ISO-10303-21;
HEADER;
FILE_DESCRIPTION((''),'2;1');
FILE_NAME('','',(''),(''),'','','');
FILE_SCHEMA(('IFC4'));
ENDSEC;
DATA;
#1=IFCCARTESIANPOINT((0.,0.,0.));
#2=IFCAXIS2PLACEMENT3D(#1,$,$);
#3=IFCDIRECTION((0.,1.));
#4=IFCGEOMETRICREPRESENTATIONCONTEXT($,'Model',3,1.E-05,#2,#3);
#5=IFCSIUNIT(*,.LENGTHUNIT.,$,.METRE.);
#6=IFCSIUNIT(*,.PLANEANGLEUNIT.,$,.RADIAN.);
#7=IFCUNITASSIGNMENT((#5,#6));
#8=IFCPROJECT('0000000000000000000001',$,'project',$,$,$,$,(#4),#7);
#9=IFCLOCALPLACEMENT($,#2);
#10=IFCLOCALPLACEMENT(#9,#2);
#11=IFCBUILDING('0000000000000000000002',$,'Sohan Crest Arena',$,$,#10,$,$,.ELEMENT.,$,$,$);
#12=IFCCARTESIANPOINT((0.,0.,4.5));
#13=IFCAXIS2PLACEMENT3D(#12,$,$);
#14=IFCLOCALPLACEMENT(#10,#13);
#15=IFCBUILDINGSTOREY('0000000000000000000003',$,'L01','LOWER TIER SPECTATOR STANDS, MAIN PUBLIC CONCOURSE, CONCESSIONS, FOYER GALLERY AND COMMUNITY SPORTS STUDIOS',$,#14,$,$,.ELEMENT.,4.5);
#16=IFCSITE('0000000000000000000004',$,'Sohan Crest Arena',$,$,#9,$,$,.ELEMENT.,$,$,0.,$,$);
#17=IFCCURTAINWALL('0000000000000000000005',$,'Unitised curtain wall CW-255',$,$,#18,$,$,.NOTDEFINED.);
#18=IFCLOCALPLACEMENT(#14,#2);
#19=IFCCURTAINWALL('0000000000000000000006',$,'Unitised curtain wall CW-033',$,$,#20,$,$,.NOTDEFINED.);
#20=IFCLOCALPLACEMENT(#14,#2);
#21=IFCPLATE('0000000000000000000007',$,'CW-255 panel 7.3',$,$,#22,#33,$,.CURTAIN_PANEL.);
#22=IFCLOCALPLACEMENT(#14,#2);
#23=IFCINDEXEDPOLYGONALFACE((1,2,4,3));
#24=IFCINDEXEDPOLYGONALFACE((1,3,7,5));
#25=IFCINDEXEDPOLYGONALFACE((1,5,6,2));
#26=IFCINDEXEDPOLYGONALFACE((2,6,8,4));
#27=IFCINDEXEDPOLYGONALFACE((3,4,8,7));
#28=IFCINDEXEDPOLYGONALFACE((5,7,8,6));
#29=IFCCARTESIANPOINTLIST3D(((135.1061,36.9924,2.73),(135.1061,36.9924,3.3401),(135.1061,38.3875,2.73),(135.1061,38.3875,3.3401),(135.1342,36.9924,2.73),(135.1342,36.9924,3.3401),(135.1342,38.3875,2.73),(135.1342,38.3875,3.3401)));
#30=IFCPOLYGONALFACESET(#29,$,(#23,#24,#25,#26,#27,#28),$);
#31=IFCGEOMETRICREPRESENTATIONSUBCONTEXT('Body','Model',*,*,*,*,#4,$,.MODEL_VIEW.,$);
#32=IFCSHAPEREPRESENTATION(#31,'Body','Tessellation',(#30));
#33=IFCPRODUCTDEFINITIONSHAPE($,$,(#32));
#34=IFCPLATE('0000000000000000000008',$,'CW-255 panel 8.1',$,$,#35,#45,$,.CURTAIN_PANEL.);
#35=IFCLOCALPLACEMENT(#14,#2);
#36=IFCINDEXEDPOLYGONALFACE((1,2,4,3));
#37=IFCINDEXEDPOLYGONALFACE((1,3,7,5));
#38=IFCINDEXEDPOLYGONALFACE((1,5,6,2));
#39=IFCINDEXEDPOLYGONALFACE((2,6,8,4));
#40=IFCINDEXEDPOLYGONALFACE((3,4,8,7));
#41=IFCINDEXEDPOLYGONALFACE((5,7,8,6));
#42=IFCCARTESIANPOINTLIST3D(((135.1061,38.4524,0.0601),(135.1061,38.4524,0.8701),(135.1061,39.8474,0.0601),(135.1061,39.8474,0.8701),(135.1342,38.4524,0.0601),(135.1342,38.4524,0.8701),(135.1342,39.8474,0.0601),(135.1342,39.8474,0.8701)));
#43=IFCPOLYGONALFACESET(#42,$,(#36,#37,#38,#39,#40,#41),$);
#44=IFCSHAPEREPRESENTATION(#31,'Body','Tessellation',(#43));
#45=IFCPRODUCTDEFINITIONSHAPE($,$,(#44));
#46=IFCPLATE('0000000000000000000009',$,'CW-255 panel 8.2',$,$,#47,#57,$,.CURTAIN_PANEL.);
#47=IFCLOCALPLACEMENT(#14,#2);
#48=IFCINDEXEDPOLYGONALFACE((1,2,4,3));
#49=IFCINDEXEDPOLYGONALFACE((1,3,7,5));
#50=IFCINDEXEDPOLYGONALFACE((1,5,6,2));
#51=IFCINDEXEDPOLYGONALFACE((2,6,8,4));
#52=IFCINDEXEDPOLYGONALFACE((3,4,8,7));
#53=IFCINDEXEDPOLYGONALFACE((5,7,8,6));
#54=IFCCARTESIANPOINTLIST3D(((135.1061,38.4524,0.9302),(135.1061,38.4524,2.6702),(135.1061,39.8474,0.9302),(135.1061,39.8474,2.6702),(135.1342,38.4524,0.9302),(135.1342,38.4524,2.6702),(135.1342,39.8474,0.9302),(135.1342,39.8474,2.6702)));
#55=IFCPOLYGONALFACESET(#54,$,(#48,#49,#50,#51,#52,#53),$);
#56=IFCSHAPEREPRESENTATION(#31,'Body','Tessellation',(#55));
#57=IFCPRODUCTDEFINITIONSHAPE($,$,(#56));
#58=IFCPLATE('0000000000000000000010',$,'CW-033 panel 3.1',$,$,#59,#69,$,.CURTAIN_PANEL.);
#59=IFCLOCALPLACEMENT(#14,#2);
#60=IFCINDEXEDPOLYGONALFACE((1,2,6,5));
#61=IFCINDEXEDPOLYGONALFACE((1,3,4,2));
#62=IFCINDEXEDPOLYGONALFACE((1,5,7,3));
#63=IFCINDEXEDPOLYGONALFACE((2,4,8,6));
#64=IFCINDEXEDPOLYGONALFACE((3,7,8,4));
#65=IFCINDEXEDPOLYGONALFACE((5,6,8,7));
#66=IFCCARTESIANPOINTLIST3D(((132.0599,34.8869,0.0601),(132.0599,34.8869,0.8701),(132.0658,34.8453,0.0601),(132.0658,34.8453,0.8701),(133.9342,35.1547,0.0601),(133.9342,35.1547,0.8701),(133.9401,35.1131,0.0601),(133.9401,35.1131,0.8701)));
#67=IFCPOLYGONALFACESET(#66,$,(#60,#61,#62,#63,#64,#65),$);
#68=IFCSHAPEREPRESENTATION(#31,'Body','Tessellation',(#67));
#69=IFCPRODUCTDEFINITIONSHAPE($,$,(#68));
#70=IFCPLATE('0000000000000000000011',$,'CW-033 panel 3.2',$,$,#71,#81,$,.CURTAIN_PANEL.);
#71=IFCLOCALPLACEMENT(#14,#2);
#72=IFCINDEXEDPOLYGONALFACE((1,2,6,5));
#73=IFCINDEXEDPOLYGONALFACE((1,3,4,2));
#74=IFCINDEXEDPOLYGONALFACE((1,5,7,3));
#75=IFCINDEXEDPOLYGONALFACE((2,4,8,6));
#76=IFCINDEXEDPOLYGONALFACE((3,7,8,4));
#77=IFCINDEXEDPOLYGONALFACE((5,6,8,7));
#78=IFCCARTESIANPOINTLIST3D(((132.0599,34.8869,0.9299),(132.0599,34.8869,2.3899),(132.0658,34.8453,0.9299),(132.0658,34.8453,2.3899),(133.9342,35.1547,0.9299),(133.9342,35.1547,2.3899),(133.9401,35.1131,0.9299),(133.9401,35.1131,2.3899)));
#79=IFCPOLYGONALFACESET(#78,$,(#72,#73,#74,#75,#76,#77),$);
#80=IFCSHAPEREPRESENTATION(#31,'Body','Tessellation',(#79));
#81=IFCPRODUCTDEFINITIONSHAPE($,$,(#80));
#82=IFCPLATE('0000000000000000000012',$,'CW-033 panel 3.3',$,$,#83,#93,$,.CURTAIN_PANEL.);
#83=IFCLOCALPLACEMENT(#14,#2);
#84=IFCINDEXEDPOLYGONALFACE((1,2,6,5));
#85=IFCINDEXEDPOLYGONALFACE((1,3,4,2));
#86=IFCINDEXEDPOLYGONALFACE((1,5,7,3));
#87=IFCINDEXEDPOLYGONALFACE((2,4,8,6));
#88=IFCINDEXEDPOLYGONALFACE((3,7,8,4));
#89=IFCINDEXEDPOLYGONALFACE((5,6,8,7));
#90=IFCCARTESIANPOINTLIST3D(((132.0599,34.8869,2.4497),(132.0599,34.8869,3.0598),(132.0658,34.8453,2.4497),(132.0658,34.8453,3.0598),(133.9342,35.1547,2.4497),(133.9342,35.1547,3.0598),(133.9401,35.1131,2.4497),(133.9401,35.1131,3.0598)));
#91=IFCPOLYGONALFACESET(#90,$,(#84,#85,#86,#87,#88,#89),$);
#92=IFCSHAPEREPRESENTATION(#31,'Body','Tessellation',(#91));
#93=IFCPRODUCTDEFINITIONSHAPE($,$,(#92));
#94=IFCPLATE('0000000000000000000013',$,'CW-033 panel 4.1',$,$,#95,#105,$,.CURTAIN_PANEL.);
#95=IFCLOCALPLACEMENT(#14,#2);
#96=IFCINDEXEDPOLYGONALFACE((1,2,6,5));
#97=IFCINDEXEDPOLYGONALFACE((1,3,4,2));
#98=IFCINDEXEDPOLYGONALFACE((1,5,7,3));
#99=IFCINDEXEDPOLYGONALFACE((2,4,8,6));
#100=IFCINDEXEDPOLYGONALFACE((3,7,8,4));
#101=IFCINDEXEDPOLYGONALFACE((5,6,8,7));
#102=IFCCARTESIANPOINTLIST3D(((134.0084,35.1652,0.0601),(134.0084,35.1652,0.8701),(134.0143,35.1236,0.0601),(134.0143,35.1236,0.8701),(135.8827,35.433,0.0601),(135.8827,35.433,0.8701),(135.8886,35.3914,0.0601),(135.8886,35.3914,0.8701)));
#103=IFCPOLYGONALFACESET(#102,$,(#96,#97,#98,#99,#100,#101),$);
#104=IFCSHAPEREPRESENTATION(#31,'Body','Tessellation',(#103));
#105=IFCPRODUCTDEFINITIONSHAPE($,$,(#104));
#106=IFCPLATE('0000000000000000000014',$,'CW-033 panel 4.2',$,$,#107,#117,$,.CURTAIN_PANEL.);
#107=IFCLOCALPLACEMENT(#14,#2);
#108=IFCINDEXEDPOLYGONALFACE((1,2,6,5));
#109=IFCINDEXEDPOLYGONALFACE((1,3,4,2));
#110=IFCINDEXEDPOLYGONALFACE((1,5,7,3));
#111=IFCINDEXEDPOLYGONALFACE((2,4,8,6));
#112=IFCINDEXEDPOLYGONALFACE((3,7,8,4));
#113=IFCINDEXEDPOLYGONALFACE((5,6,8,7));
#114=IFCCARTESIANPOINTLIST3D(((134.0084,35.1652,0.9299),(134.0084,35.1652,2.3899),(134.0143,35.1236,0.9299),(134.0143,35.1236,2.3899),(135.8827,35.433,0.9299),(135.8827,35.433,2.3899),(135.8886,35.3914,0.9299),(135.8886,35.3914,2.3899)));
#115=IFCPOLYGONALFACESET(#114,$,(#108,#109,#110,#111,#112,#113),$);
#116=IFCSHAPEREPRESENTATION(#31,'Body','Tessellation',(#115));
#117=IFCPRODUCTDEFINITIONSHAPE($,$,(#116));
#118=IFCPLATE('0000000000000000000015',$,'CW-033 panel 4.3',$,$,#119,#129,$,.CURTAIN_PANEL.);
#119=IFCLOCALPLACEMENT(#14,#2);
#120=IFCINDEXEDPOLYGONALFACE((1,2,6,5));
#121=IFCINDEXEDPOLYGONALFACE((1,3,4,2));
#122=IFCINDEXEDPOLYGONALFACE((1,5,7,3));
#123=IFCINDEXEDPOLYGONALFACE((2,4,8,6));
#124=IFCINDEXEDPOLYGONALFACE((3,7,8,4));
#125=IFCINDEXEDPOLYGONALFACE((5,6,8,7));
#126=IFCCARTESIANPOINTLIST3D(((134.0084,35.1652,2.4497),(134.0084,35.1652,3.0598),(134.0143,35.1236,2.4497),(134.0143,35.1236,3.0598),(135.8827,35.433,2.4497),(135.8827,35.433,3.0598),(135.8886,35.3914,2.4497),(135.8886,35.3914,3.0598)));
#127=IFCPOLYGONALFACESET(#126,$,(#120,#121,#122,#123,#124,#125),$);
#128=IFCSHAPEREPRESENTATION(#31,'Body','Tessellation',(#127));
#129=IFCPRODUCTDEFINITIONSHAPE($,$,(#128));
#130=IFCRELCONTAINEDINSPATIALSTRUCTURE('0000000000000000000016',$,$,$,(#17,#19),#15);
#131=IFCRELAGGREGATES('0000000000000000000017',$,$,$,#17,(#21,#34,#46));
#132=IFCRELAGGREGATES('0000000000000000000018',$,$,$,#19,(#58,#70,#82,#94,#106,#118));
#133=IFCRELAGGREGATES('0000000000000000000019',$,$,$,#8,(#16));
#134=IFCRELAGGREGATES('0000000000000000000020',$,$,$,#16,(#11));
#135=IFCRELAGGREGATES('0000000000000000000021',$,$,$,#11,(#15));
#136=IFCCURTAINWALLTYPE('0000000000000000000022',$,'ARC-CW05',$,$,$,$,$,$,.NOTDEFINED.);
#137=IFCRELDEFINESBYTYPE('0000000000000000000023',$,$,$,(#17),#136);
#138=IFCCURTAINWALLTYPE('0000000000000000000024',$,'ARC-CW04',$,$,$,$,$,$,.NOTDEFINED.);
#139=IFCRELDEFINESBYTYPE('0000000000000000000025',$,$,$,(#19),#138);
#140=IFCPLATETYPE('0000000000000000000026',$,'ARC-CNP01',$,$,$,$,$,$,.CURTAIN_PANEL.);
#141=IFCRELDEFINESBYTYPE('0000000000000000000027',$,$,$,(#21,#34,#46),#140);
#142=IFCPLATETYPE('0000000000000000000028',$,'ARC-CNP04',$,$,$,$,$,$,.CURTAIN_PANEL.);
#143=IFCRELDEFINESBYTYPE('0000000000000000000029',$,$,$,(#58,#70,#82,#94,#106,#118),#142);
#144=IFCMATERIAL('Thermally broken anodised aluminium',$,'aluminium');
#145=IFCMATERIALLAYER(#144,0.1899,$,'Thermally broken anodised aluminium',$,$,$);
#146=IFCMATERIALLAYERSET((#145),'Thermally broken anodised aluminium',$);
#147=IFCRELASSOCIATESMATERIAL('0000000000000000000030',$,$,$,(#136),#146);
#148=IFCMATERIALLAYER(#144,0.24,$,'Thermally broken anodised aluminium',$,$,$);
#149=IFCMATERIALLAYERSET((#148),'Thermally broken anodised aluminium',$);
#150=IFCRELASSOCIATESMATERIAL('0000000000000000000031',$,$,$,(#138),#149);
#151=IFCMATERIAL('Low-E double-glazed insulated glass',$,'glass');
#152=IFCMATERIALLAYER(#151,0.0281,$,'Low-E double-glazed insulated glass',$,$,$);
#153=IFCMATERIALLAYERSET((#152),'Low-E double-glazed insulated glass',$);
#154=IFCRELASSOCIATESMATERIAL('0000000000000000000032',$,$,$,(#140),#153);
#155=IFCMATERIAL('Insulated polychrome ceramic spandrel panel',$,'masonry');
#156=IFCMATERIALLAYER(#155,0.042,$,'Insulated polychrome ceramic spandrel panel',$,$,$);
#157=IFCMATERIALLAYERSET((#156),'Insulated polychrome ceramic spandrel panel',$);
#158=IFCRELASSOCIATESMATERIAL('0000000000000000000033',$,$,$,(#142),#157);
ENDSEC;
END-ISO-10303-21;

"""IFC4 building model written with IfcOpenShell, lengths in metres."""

from ifc_helpers import new_model, si_unit, direction, frame, origin, origin_2d, place, context, subcontext, project, spatial, rectangle, extrude, material, layer, layer_set, type_object, element, aggregate, save


model = new_model("IFC4")

# Units and contexts
model_context = context("Model", 3, precision=1e-05, world=origin(), true_north=direction((0.0, 1.0)))
body_context = subcontext(model_context, "Body", "Model", "MODEL_VIEW")
ifc_project = project(units=[si_unit("LENGTHUNIT", "METRE"), si_unit("PLANEANGLEUNIT", "RADIAN")], contexts=[model_context])

# Site, building, storey
site_placement = place(None, origin())
site = spatial("IfcSite", under=ifc_project, at=site_placement, Name="Sohan Crest Arena", CompositionType="ELEMENT", RefElevation=0.0)
building_placement = place(site_placement, origin())
building = spatial("IfcBuilding", under=site, at=building_placement, Name="Sohan Crest Arena", CompositionType="ELEMENT")
storey_placement = place(building_placement, frame((0.0, 0.0, 4.5)))
storey = spatial("IfcBuildingStorey", under=building, at=storey_placement, Name="L01", Description="LOWER TIER SPECTATOR STANDS, MAIN PUBLIC CONCOURSE, CONCESSIONS, FOYER GALLERY AND COMMUNITY SPORTS STUDIOS", CompositionType="ELEMENT", Elevation=4.5)

# Curtain walls
ifc_material_1 = material(Name="Thermally broken anodised aluminium", Category="aluminium")
ifc_layer_1 = layer(ifc_material_1, 0.1899, Name="Thermally broken anodised aluminium")
ifc_layer_set_1 = layer_set([ifc_layer_1], Name="Thermally broken anodised aluminium")
curtain_wall_type_1 = type_object("IfcCurtainWallType", Name="ARC-CW05", PredefinedType="NOTDEFINED", material=ifc_layer_set_1)
curtain_wall_1_placement = place(storey_placement, origin())
curtain_wall_1 = element("IfcCurtainWall", 1, at=curtain_wall_1_placement, inside=storey, type_object=curtain_wall_type_1, Name="Unitised curtain wall CW-255", PredefinedType="NOTDEFINED")
ifc_layer_2 = layer(ifc_material_1, 0.24, Name="Thermally broken anodised aluminium")
ifc_layer_set_2 = layer_set([ifc_layer_2], Name="Thermally broken anodised aluminium")
curtain_wall_type_2 = type_object("IfcCurtainWallType", Name="ARC-CW04", PredefinedType="NOTDEFINED", material=ifc_layer_set_2)
curtain_wall_2_placement = place(storey_placement, origin())
curtain_wall_2 = element("IfcCurtainWall", 2, at=curtain_wall_2_placement, inside=storey, type_object=curtain_wall_type_2, Name="Unitised curtain wall CW-033", PredefinedType="NOTDEFINED")

# Plates
ifc_material_2 = material(Name="Low-E double-glazed insulated glass", Category="glass")
ifc_layer_3 = layer(ifc_material_2, 0.0281, Name="Low-E double-glazed insulated glass")
ifc_layer_set_3 = layer_set([ifc_layer_3], Name="Low-E double-glazed insulated glass")
plate_type_1 = type_object("IfcPlateType", Name="ARC-CNP01", PredefinedType="CURTAIN_PANEL", material=ifc_layer_set_3)
plate_1_placement = place(storey_placement, frame((135.1201, 37.6899, 2.73), z_axis=(0.0, 0.0, 1.0), x_axis=(0.0, 1.0, 0.0)))
plate_1 = element("IfcPlate", 3, at=plate_1_placement, type_object=plate_type_1, Name="CW-255 panel 7.3", PredefinedType="CURTAIN_PANEL", context=body_context, shape_type="SweptSolid", body=[
    extrude(rectangle(XDim=1.395, YDim=0.0281, at=origin_2d()), origin(), (0.0, 0.0, 1.0), 0.6101),
])
plate_2_placement = place(storey_placement, frame((135.1201, 39.1499, 0.0601), z_axis=(0.0, 0.0, 1.0), x_axis=(0.0, 1.0, 0.0)))
plate_2 = element("IfcPlate", 4, at=plate_2_placement, type_object=plate_type_1, Name="CW-255 panel 8.1", PredefinedType="CURTAIN_PANEL", context=body_context, shape_type="SweptSolid", body=[
    extrude(rectangle(XDim=1.395, YDim=0.0281, at=origin_2d()), origin(), (0.0, 0.0, 1.0), 0.8101),
])
plate_3_placement = place(storey_placement, frame((135.1201, 39.1499, 0.9302), z_axis=(0.0, 0.0, 1.0), x_axis=(0.0, 1.0, 0.0)))
plate_3 = element("IfcPlate", 5, at=plate_3_placement, type_object=plate_type_1, Name="CW-255 panel 8.2", PredefinedType="CURTAIN_PANEL", context=body_context, shape_type="SweptSolid", body=[
    extrude(rectangle(XDim=1.395, YDim=0.0281, at=origin_2d()), origin(), (0.0, 0.0, 1.0), 1.74),
])
aggregate(curtain_wall_1, [plate_1, plate_2, plate_3])
ifc_material_3 = material(Name="Insulated polychrome ceramic spandrel panel", Category="masonry")
ifc_layer_4 = layer(ifc_material_3, 0.042, Name="Insulated polychrome ceramic spandrel panel")
ifc_layer_set_4 = layer_set([ifc_layer_4], Name="Insulated polychrome ceramic spandrel panel")
plate_type_2 = type_object("IfcPlateType", Name="ARC-CNP04", PredefinedType="CURTAIN_PANEL", material=ifc_layer_set_4)
plate_4_placement = place(storey_placement, frame((133.0, 35.0, 0.0601), z_axis=(0.0, 0.0, 1.0), x_axis=(0.989945, 0.14145, 0.0)))
plate_4 = element("IfcPlate", 6, at=plate_4_placement, type_object=plate_type_2, Name="CW-033 panel 3.1", PredefinedType="CURTAIN_PANEL", context=body_context, shape_type="SweptSolid", body=[
    extrude(rectangle(XDim=1.8933, YDim=0.042, at=origin_2d()), origin(), (0.0, 0.0, 1.0), 0.8101),
])
plate_5_placement = place(storey_placement, frame((133.0, 35.0, 0.9299), z_axis=(0.0, 0.0, 1.0), x_axis=(0.989945, 0.14145, 0.0)))
plate_5 = element("IfcPlate", 7, at=plate_5_placement, type_object=plate_type_2, Name="CW-033 panel 3.2", PredefinedType="CURTAIN_PANEL", context=body_context, shape_type="SweptSolid", body=[
    extrude(rectangle(XDim=1.8933, YDim=0.042, at=origin_2d()), origin(), (0.0, 0.0, 1.0), 1.46),
])
plate_6_placement = place(storey_placement, frame((133.0, 35.0, 2.4497), z_axis=(0.0, 0.0, 1.0), x_axis=(0.989945, 0.14145, 0.0)))
plate_6 = element("IfcPlate", 8, at=plate_6_placement, type_object=plate_type_2, Name="CW-033 panel 3.3", PredefinedType="CURTAIN_PANEL", context=body_context, shape_type="SweptSolid", body=[
    extrude(rectangle(XDim=1.8933, YDim=0.042, at=origin_2d()), origin(), (0.0, 0.0, 1.0), 0.6101),
])
plate_7_placement = place(storey_placement, frame((134.9485, 35.2783, 0.0601), z_axis=(0.0, 0.0, 1.0), x_axis=(0.989945, 0.14145, 0.0)))
plate_7 = element("IfcPlate", 9, at=plate_7_placement, type_object=plate_type_2, Name="CW-033 panel 4.1", PredefinedType="CURTAIN_PANEL", context=body_context, shape_type="SweptSolid", body=[
    extrude(rectangle(XDim=1.8933, YDim=0.042, at=origin_2d()), origin(), (0.0, 0.0, 1.0), 0.8101),
])
plate_8_placement = place(storey_placement, frame((134.9485, 35.2783, 0.9299), z_axis=(0.0, 0.0, 1.0), x_axis=(0.989945, 0.14145, 0.0)))
plate_8 = element("IfcPlate", 10, at=plate_8_placement, type_object=plate_type_2, Name="CW-033 panel 4.2", PredefinedType="CURTAIN_PANEL", context=body_context, shape_type="SweptSolid", body=[
    extrude(rectangle(XDim=1.8933, YDim=0.042, at=origin_2d()), origin(), (0.0, 0.0, 1.0), 1.46),
])
plate_9_placement = place(storey_placement, frame((134.9485, 35.2783, 2.4497), z_axis=(0.0, 0.0, 1.0), x_axis=(0.989945, 0.14145, 0.0)))
plate_9 = element("IfcPlate", 11, at=plate_9_placement, type_object=plate_type_2, Name="CW-033 panel 4.3", PredefinedType="CURTAIN_PANEL", context=body_context, shape_type="SweptSolid", body=[
    extrude(rectangle(XDim=1.8933, YDim=0.042, at=origin_2d()), origin(), (0.0, 0.0, 1.0), 0.6101),
])
aggregate(curtain_wall_2, [plate_4, plate_5, plate_6, plate_7, plate_8, plate_9])

save(model, "model.ifc")
